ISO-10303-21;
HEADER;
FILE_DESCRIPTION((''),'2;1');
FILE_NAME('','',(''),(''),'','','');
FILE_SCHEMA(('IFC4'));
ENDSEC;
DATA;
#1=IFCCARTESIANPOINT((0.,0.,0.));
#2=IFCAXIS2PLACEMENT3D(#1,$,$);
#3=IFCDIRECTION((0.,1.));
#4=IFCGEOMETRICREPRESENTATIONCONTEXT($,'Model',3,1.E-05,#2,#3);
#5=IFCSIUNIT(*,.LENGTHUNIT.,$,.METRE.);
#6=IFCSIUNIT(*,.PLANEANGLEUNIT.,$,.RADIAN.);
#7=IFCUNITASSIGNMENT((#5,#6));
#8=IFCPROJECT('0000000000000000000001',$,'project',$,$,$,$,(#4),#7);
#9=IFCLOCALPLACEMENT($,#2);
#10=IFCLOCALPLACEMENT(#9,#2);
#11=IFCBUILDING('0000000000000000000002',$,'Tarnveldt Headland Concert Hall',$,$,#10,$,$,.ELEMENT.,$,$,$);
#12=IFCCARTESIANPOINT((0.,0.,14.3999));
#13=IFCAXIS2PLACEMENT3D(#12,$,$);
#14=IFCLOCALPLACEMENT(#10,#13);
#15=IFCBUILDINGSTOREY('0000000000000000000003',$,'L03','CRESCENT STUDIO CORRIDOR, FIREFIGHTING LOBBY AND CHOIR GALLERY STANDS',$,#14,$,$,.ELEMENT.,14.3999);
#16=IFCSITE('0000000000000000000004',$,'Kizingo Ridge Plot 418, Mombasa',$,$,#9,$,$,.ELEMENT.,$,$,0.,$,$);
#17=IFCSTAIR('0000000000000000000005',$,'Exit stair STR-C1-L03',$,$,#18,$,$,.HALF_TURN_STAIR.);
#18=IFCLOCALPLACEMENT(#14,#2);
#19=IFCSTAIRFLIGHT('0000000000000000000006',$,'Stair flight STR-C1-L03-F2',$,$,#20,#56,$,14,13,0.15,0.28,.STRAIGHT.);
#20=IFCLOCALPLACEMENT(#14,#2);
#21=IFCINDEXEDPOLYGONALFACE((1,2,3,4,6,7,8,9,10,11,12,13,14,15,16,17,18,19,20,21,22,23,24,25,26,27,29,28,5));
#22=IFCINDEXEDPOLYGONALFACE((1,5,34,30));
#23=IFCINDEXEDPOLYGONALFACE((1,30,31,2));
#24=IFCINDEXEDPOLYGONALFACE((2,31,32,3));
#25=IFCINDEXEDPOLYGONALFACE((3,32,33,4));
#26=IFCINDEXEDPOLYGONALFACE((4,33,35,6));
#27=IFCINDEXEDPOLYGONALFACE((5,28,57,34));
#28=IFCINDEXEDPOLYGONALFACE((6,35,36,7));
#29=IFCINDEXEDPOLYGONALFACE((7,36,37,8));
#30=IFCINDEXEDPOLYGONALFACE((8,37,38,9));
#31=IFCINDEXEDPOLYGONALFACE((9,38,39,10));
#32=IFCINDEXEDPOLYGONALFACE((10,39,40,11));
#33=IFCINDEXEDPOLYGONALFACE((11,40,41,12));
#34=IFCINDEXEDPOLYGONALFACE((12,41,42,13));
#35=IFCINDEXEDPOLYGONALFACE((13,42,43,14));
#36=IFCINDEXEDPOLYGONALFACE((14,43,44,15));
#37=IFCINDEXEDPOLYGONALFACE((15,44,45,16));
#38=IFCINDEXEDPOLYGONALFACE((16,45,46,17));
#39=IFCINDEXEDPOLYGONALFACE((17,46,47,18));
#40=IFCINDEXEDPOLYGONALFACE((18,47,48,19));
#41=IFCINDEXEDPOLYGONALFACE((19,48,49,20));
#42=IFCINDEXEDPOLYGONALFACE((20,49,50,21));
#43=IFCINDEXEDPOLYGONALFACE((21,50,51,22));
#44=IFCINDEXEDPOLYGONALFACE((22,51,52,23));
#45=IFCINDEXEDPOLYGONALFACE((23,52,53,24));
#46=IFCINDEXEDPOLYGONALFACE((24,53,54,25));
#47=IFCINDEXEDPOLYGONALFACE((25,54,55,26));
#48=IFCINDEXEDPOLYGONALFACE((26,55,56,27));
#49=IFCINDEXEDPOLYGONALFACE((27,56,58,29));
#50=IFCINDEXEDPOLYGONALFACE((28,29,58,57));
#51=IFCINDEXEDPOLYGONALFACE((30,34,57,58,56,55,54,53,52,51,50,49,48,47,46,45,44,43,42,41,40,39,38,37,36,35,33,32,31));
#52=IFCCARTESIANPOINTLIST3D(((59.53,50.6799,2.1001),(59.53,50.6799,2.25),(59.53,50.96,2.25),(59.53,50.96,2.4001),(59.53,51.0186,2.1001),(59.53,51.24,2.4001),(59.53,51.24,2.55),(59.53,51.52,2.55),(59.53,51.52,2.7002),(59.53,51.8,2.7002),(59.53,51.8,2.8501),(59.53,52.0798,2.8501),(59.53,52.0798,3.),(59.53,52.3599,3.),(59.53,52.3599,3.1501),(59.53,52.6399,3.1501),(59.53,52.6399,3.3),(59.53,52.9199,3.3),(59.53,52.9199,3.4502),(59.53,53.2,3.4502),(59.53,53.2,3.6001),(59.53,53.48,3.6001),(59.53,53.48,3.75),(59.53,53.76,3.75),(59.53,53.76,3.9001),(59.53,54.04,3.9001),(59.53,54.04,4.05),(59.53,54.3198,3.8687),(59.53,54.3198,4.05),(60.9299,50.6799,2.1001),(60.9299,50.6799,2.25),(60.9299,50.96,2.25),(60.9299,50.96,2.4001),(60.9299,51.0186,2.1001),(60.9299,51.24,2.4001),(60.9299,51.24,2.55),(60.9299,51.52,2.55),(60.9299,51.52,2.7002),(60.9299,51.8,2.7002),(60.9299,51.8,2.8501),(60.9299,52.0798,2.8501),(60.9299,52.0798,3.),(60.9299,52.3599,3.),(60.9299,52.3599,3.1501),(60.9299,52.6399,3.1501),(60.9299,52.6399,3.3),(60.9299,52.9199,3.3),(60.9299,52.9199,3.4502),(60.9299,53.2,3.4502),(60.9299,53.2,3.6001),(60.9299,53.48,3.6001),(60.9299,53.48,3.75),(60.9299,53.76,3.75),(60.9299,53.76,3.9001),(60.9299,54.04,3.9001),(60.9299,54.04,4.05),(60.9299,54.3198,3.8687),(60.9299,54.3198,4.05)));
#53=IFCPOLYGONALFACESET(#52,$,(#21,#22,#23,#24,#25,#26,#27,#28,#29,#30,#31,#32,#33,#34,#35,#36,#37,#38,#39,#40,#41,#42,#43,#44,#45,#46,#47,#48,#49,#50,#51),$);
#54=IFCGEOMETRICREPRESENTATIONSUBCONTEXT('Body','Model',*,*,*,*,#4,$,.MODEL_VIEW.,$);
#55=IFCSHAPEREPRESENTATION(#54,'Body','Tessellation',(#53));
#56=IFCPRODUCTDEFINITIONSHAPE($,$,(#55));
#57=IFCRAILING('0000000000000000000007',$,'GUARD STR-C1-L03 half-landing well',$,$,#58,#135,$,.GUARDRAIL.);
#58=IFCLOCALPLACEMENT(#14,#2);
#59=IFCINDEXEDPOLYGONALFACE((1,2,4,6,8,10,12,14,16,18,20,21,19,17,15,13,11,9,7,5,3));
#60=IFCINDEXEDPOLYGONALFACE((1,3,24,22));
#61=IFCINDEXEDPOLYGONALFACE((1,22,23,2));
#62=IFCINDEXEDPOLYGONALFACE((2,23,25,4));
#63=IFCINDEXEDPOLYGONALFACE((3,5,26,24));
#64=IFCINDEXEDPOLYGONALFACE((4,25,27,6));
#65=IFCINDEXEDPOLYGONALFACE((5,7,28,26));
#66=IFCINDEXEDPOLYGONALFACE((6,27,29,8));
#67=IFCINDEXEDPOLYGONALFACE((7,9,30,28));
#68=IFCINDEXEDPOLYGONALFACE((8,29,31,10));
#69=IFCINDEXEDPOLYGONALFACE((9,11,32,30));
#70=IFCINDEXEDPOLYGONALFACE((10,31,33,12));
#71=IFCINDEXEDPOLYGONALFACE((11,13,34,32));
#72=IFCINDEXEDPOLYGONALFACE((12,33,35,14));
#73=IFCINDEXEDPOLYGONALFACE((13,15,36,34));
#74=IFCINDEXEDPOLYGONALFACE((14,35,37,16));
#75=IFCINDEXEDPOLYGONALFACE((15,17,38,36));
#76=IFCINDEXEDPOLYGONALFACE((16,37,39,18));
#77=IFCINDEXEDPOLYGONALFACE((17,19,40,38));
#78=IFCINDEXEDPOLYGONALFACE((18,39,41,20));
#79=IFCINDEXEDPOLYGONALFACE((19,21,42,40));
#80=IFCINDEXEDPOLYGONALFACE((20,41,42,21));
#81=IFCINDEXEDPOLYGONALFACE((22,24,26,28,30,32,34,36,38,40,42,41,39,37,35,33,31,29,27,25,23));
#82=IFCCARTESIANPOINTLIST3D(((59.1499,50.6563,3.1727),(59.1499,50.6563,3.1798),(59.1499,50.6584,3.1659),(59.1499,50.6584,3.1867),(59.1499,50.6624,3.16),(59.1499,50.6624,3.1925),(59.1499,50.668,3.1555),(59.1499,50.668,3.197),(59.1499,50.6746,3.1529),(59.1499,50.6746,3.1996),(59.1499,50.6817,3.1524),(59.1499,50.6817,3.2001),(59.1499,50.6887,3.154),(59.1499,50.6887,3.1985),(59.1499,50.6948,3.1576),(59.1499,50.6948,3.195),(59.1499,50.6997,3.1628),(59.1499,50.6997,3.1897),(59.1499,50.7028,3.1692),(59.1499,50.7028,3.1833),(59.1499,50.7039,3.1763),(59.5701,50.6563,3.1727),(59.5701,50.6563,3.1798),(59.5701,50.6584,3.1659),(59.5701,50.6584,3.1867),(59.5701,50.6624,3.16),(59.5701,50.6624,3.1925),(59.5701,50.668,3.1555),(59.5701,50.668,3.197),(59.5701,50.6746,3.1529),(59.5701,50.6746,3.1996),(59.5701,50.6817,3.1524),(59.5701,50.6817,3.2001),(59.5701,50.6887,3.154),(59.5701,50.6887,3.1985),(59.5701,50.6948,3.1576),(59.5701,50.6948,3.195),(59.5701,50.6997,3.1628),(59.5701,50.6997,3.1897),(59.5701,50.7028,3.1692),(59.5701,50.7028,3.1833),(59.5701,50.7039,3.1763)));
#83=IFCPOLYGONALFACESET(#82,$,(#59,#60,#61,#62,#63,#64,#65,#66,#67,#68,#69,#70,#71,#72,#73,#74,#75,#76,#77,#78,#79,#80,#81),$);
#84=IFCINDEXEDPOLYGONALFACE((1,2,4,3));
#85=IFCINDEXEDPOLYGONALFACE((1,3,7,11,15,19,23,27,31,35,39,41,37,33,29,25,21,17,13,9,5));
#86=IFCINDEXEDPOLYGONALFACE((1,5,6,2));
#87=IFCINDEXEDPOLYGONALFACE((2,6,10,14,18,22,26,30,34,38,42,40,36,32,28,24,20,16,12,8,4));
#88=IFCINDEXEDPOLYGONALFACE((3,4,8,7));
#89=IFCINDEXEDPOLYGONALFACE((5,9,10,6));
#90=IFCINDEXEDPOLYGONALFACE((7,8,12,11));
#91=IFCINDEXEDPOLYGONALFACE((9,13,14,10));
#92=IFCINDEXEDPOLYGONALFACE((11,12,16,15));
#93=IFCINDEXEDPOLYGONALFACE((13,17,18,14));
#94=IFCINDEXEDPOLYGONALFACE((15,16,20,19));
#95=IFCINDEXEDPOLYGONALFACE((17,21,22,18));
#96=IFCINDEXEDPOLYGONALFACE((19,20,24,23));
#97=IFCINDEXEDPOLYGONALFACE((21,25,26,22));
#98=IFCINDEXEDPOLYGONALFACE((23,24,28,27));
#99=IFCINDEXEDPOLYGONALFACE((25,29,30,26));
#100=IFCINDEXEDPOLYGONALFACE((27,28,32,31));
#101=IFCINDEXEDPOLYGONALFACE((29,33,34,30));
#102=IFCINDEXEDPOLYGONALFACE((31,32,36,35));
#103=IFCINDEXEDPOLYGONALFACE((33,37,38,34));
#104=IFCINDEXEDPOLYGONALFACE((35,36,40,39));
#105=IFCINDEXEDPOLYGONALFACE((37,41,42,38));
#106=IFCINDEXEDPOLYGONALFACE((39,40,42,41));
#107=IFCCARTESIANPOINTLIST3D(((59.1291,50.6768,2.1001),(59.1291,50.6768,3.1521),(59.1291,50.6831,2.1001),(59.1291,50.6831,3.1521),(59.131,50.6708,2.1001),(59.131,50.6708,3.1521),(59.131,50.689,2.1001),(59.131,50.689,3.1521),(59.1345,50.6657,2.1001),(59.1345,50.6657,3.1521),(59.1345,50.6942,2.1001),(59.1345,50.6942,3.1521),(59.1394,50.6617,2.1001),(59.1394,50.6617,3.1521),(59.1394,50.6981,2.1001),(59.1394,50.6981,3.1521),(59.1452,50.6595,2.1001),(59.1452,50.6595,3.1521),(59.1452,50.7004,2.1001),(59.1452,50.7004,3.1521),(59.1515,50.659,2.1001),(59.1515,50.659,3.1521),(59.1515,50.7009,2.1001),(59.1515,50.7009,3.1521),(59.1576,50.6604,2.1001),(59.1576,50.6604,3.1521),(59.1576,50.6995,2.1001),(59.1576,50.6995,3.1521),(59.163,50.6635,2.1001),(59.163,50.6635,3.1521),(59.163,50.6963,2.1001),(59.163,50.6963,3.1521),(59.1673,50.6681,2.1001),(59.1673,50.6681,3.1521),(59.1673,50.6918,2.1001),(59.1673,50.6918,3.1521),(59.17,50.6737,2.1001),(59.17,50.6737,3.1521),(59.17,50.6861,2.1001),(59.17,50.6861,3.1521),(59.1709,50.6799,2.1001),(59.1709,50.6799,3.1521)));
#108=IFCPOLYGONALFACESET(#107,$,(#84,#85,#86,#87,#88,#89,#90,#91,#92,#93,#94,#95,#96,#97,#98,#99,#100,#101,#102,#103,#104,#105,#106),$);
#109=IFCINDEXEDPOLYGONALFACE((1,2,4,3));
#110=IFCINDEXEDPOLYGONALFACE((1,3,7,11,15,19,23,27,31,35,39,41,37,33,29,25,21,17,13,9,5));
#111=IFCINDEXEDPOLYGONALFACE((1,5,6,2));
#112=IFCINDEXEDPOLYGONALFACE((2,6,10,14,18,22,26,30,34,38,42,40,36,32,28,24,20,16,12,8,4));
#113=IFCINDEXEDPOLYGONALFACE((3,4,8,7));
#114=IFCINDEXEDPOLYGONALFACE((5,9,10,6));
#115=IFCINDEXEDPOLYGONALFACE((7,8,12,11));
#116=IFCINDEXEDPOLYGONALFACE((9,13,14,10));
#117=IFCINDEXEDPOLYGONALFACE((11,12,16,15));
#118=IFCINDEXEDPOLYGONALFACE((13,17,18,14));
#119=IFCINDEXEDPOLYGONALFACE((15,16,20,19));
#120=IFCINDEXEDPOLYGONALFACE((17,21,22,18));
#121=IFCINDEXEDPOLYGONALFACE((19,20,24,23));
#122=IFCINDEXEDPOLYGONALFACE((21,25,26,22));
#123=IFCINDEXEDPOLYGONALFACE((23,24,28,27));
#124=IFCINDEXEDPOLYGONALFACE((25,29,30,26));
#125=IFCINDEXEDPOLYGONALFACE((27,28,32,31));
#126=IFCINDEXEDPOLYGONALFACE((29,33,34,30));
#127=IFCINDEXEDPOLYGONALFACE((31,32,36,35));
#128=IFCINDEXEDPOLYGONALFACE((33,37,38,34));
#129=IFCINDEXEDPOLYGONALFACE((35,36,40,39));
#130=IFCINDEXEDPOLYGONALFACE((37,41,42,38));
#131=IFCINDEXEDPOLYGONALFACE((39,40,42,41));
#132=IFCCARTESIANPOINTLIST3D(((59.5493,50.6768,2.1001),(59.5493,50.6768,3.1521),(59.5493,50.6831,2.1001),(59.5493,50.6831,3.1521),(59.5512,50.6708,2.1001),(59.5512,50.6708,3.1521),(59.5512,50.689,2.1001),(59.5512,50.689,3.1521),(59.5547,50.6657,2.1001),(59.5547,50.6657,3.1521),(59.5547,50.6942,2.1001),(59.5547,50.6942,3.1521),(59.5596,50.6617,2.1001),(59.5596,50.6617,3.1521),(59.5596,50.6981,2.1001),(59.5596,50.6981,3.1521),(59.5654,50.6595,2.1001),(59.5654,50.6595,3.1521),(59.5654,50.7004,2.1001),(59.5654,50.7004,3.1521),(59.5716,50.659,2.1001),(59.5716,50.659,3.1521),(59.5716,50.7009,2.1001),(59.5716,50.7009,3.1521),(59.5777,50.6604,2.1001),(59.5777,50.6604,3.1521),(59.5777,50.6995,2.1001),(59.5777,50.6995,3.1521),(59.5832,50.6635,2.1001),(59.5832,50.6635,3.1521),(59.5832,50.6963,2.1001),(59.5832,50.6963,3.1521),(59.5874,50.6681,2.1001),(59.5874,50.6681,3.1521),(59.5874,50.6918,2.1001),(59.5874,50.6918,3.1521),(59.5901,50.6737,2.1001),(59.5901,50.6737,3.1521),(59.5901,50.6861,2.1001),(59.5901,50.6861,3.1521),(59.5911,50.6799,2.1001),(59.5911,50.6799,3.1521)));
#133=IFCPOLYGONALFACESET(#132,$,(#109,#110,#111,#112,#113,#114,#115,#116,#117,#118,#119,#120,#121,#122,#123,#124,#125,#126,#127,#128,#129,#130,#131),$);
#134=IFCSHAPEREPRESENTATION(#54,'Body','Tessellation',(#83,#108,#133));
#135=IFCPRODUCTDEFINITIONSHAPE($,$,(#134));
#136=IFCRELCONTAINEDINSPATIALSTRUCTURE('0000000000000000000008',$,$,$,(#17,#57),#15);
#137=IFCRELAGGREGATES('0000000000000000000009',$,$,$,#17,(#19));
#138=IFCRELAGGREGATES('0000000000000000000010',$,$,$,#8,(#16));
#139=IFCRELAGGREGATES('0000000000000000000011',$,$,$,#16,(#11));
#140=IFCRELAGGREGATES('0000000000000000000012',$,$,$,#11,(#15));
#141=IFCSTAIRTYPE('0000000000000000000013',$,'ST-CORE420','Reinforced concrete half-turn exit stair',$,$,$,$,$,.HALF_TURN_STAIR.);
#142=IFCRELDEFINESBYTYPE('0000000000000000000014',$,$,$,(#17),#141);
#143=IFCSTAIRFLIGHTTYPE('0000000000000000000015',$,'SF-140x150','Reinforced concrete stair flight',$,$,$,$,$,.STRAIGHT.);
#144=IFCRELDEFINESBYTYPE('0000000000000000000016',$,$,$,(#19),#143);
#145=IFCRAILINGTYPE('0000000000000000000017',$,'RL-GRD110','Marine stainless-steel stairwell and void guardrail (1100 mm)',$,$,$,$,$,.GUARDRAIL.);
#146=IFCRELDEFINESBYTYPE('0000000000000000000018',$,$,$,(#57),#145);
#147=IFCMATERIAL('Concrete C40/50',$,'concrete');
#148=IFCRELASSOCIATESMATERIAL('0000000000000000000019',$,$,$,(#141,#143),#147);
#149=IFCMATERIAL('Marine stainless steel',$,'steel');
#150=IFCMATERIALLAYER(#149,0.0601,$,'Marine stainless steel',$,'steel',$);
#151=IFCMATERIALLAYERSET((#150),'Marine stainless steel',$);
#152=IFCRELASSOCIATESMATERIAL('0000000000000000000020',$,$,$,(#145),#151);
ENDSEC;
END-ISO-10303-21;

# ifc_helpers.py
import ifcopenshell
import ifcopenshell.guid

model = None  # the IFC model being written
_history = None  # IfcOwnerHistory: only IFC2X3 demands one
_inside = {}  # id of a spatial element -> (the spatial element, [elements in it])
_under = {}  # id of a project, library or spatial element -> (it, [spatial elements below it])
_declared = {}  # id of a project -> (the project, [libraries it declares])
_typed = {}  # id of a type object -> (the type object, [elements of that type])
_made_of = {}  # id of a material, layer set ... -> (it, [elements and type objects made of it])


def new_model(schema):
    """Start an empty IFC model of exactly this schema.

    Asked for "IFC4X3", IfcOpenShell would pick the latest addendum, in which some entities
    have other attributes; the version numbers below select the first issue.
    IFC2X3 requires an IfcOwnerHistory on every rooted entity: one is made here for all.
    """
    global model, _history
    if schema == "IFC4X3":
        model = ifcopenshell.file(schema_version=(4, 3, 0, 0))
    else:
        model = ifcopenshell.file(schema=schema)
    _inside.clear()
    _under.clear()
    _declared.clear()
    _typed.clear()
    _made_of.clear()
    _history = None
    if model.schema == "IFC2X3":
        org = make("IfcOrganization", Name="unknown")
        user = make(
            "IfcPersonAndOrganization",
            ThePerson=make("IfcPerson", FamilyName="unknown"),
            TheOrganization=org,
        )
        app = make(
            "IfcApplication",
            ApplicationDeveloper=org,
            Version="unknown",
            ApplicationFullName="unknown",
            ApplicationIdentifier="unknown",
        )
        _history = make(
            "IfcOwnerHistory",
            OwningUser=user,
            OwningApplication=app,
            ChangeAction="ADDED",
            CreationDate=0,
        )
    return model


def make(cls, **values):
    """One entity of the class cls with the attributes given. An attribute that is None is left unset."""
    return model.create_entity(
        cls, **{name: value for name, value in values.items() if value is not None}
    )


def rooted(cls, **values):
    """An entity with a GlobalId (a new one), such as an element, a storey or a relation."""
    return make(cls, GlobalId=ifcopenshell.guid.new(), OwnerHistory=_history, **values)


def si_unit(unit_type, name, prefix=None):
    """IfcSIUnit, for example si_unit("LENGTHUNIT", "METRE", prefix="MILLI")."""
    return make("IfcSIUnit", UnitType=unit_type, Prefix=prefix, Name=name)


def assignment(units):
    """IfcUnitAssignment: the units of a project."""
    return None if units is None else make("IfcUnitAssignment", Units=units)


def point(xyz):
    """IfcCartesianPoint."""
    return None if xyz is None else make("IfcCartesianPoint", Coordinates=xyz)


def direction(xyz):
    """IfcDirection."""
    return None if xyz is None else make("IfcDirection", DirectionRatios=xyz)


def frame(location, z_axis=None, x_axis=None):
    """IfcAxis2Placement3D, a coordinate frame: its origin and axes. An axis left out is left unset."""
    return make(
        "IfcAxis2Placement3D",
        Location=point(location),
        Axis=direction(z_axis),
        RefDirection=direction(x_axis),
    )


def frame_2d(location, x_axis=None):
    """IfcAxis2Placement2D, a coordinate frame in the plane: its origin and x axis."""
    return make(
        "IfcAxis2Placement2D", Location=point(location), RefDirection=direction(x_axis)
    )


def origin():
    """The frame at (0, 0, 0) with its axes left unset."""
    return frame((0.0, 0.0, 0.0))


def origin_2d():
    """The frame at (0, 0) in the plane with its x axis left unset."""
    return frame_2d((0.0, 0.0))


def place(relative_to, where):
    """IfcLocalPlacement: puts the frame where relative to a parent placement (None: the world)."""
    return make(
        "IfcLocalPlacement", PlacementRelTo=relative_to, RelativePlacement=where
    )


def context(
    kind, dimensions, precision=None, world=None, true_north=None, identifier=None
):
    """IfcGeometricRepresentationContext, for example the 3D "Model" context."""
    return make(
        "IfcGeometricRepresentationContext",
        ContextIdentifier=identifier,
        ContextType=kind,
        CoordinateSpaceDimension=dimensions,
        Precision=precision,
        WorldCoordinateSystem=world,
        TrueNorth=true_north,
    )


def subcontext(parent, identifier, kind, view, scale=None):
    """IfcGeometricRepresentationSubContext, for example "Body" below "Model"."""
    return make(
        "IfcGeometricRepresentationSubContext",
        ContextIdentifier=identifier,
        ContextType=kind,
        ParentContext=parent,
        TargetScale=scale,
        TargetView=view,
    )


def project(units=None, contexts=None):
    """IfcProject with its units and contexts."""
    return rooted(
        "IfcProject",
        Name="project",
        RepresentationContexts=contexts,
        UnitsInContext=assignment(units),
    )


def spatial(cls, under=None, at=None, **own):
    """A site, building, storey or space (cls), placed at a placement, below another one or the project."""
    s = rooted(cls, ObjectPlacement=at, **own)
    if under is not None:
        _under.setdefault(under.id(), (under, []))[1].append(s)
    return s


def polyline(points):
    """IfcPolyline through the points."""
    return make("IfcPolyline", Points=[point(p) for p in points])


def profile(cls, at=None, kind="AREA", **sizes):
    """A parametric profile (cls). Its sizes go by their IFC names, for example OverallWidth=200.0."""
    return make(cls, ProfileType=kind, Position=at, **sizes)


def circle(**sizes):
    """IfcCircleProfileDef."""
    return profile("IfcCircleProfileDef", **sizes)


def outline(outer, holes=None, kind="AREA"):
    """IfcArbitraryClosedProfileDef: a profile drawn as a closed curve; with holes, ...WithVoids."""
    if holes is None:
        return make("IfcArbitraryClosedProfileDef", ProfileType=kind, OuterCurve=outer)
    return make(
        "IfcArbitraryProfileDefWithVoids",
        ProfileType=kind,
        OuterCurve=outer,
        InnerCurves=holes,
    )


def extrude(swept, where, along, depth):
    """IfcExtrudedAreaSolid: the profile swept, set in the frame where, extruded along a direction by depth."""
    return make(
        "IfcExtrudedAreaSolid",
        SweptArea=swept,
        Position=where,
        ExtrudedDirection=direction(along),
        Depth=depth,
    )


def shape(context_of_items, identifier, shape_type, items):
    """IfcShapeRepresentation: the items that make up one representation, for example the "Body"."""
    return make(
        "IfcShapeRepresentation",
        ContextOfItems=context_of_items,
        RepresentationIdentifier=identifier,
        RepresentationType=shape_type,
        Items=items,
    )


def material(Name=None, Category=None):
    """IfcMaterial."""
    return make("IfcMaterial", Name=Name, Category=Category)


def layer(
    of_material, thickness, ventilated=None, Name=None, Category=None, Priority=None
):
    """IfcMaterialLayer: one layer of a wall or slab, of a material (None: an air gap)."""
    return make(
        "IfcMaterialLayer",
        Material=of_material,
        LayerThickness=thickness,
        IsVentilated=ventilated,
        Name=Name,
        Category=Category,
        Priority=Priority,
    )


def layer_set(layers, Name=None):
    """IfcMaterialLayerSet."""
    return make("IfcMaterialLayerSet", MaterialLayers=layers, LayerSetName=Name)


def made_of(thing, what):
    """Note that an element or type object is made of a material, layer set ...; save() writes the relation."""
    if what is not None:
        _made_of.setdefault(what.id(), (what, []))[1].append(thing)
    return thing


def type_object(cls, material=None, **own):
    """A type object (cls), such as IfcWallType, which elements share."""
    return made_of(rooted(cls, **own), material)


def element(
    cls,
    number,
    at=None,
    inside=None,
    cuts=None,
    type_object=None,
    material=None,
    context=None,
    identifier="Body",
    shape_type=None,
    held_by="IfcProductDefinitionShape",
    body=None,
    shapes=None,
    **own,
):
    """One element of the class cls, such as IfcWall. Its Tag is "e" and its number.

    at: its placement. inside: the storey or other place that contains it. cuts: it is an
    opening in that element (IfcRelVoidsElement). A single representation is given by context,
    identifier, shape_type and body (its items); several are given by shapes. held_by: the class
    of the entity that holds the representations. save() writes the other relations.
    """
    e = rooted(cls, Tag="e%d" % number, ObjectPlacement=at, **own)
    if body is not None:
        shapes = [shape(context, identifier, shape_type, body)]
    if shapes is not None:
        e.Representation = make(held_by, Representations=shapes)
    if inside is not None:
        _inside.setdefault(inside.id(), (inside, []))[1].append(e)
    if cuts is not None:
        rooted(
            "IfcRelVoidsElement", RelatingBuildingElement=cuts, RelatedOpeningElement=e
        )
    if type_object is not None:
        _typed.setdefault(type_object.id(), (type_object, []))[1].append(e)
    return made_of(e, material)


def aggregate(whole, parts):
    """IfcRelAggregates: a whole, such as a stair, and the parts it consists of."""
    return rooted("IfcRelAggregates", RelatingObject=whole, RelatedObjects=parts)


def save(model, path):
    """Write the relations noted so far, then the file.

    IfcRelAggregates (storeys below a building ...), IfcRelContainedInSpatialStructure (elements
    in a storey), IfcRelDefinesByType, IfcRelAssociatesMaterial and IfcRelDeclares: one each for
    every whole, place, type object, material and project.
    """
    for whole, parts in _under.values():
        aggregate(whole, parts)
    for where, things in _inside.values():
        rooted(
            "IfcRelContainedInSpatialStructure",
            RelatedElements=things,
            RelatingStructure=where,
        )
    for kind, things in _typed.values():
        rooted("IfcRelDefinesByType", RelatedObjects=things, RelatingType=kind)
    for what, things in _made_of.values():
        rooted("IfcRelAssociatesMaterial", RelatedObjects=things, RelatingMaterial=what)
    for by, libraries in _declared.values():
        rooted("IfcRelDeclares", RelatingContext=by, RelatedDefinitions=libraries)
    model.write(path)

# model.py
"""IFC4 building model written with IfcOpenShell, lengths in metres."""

from ifc_helpers import new_model, si_unit, direction, frame, origin, origin_2d, place, context, subcontext, project, spatial, polyline, circle, outline, extrude, material, layer, layer_set, type_object, element, aggregate, save


model = new_model("IFC4")

# Units and contexts
model_context = context("Model", 3, precision=1e-05, world=origin(), true_north=direction((0.0, 1.0)))
body_context = subcontext(model_context, "Body", "Model", "MODEL_VIEW")
ifc_project = project(units=[si_unit("LENGTHUNIT", "METRE"), si_unit("PLANEANGLEUNIT", "RADIAN")], contexts=[model_context])

# Site, building, storey
site_placement = place(None, origin())
site = spatial("IfcSite", under=ifc_project, at=site_placement, Name="Kizingo Ridge Plot 418, Mombasa", CompositionType="ELEMENT", RefElevation=0.0)
building_placement = place(site_placement, origin())
building = spatial("IfcBuilding", under=site, at=building_placement, Name="Tarnveldt Headland Concert Hall", CompositionType="ELEMENT")
storey_placement = place(building_placement, frame((0.0, 0.0, 14.3999)))
storey = spatial("IfcBuildingStorey", under=building, at=storey_placement, Name="L03", Description="CRESCENT STUDIO CORRIDOR, FIREFIGHTING LOBBY AND CHOIR GALLERY STANDS", CompositionType="ELEMENT", Elevation=14.3999)

# Shared definitions
ifc_material_1 = material(Name="Concrete C40/50", Category="concrete")

# Stair, stair flight
stair_type = type_object("IfcStairType", Name="ST-CORE420", Description="Reinforced concrete half-turn exit stair", PredefinedType="HALF_TURN_STAIR", material=ifc_material_1)
stair_placement = place(storey_placement, origin())
stair = element("IfcStair", 1, at=stair_placement, inside=storey, type_object=stair_type, Name="Exit stair STR-C1-L03", PredefinedType="HALF_TURN_STAIR")
stair_flight_type = type_object("IfcStairFlightType", Name="SF-140x150", Description="Reinforced concrete stair flight", PredefinedType="STRAIGHT", material=ifc_material_1)
stair_flight_1_placement = place(storey_placement, frame((60.23, 50.6799, 2.1001), z_axis=(0.0, 0.0, 1.0), x_axis=(0.0, 1.0, 0.0)))
stair_flight_1 = element("IfcStairFlight", 2, at=stair_flight_1_placement, type_object=stair_flight_type, Name="Stair flight STR-C1-L03-F2", NumberOfRisers=14, NumberOfTreads=13, PredefinedType="STRAIGHT", RiserHeight=0.15, TreadLength=0.28, context=body_context, shape_type="SweptSolid", body=[
    extrude(outline(polyline([(0.0, 0.0), (0.0, 0.1499), (0.28, 0.1499), (0.28, 0.3), (0.5601, 0.3), (0.5601, 0.45), (0.8401, 0.45), (0.8401, 0.6001), (1.1201, 0.6001), (1.1201, 0.75), (1.3999, 0.75), (1.3999, 0.8999), (1.6799, 0.8999), (1.6799, 1.05), (1.96, 1.05), (1.96, 1.2), (2.24, 1.2), (2.24, 1.3501), (2.52, 1.3501), (2.52, 1.5), (2.8, 1.5), (2.8, 1.6499), (3.0801, 1.6499), (3.0801, 1.8), (3.3601, 1.8), (3.3601, 1.95), (3.6399, 1.95), (3.6399, 2.1001), (3.6399, 1.7686), (0.3386, 0.0), (0.0, 0.0)])), frame((0.0, 0.7, 0.0), z_axis=(0.0, -1.0, 0.0), x_axis=(1.0, 0.0, 0.0)), (0.0, 0.0, 1.0), 1.3999),
])
aggregate(stair, [stair_flight_1])

# Railing
ifc_material_2 = material(Name="Marine stainless steel", Category="steel")
ifc_layer_1 = layer(ifc_material_2, 0.0601, Name="Marine stainless steel", Category="steel")
ifc_layer_set_1 = layer_set([ifc_layer_1], Name="Marine stainless steel")
railing_type_1 = type_object("IfcRailingType", Name="RL-GRD110", Description="Marine stainless-steel stairwell and void guardrail (1100 mm)", PredefinedType="GUARDRAIL", material=ifc_layer_set_1)
railing_1_placement = place(storey_placement, frame((59.1499, 50.6799, 2.1001)))
element("IfcRailing", 3, at=railing_1_placement, inside=storey, type_object=railing_type_1, Name="GUARD STR-C1-L03 half-landing well", PredefinedType="GUARDRAIL", context=body_context, shape_type="SweptSolid", body=[
    extrude(circle(Radius=0.0239, at=origin_2d()), frame((0.0, 0.0, 1.0762), z_axis=(1.0, 0.0, 0.0), x_axis=(0.0, 1.0, 0.0)), (0.0, 0.0, 1.0), 0.4202),
    extrude(circle(Radius=0.021, at=origin_2d()), origin(), (0.0, 0.0, 1.0), 1.052),
    extrude(circle(Radius=0.021, at=origin_2d()), frame((0.4202, 0.0, 0.0)), (0.0, 0.0, 1.0), 1.052),
])

save(model, "model.ifc")
